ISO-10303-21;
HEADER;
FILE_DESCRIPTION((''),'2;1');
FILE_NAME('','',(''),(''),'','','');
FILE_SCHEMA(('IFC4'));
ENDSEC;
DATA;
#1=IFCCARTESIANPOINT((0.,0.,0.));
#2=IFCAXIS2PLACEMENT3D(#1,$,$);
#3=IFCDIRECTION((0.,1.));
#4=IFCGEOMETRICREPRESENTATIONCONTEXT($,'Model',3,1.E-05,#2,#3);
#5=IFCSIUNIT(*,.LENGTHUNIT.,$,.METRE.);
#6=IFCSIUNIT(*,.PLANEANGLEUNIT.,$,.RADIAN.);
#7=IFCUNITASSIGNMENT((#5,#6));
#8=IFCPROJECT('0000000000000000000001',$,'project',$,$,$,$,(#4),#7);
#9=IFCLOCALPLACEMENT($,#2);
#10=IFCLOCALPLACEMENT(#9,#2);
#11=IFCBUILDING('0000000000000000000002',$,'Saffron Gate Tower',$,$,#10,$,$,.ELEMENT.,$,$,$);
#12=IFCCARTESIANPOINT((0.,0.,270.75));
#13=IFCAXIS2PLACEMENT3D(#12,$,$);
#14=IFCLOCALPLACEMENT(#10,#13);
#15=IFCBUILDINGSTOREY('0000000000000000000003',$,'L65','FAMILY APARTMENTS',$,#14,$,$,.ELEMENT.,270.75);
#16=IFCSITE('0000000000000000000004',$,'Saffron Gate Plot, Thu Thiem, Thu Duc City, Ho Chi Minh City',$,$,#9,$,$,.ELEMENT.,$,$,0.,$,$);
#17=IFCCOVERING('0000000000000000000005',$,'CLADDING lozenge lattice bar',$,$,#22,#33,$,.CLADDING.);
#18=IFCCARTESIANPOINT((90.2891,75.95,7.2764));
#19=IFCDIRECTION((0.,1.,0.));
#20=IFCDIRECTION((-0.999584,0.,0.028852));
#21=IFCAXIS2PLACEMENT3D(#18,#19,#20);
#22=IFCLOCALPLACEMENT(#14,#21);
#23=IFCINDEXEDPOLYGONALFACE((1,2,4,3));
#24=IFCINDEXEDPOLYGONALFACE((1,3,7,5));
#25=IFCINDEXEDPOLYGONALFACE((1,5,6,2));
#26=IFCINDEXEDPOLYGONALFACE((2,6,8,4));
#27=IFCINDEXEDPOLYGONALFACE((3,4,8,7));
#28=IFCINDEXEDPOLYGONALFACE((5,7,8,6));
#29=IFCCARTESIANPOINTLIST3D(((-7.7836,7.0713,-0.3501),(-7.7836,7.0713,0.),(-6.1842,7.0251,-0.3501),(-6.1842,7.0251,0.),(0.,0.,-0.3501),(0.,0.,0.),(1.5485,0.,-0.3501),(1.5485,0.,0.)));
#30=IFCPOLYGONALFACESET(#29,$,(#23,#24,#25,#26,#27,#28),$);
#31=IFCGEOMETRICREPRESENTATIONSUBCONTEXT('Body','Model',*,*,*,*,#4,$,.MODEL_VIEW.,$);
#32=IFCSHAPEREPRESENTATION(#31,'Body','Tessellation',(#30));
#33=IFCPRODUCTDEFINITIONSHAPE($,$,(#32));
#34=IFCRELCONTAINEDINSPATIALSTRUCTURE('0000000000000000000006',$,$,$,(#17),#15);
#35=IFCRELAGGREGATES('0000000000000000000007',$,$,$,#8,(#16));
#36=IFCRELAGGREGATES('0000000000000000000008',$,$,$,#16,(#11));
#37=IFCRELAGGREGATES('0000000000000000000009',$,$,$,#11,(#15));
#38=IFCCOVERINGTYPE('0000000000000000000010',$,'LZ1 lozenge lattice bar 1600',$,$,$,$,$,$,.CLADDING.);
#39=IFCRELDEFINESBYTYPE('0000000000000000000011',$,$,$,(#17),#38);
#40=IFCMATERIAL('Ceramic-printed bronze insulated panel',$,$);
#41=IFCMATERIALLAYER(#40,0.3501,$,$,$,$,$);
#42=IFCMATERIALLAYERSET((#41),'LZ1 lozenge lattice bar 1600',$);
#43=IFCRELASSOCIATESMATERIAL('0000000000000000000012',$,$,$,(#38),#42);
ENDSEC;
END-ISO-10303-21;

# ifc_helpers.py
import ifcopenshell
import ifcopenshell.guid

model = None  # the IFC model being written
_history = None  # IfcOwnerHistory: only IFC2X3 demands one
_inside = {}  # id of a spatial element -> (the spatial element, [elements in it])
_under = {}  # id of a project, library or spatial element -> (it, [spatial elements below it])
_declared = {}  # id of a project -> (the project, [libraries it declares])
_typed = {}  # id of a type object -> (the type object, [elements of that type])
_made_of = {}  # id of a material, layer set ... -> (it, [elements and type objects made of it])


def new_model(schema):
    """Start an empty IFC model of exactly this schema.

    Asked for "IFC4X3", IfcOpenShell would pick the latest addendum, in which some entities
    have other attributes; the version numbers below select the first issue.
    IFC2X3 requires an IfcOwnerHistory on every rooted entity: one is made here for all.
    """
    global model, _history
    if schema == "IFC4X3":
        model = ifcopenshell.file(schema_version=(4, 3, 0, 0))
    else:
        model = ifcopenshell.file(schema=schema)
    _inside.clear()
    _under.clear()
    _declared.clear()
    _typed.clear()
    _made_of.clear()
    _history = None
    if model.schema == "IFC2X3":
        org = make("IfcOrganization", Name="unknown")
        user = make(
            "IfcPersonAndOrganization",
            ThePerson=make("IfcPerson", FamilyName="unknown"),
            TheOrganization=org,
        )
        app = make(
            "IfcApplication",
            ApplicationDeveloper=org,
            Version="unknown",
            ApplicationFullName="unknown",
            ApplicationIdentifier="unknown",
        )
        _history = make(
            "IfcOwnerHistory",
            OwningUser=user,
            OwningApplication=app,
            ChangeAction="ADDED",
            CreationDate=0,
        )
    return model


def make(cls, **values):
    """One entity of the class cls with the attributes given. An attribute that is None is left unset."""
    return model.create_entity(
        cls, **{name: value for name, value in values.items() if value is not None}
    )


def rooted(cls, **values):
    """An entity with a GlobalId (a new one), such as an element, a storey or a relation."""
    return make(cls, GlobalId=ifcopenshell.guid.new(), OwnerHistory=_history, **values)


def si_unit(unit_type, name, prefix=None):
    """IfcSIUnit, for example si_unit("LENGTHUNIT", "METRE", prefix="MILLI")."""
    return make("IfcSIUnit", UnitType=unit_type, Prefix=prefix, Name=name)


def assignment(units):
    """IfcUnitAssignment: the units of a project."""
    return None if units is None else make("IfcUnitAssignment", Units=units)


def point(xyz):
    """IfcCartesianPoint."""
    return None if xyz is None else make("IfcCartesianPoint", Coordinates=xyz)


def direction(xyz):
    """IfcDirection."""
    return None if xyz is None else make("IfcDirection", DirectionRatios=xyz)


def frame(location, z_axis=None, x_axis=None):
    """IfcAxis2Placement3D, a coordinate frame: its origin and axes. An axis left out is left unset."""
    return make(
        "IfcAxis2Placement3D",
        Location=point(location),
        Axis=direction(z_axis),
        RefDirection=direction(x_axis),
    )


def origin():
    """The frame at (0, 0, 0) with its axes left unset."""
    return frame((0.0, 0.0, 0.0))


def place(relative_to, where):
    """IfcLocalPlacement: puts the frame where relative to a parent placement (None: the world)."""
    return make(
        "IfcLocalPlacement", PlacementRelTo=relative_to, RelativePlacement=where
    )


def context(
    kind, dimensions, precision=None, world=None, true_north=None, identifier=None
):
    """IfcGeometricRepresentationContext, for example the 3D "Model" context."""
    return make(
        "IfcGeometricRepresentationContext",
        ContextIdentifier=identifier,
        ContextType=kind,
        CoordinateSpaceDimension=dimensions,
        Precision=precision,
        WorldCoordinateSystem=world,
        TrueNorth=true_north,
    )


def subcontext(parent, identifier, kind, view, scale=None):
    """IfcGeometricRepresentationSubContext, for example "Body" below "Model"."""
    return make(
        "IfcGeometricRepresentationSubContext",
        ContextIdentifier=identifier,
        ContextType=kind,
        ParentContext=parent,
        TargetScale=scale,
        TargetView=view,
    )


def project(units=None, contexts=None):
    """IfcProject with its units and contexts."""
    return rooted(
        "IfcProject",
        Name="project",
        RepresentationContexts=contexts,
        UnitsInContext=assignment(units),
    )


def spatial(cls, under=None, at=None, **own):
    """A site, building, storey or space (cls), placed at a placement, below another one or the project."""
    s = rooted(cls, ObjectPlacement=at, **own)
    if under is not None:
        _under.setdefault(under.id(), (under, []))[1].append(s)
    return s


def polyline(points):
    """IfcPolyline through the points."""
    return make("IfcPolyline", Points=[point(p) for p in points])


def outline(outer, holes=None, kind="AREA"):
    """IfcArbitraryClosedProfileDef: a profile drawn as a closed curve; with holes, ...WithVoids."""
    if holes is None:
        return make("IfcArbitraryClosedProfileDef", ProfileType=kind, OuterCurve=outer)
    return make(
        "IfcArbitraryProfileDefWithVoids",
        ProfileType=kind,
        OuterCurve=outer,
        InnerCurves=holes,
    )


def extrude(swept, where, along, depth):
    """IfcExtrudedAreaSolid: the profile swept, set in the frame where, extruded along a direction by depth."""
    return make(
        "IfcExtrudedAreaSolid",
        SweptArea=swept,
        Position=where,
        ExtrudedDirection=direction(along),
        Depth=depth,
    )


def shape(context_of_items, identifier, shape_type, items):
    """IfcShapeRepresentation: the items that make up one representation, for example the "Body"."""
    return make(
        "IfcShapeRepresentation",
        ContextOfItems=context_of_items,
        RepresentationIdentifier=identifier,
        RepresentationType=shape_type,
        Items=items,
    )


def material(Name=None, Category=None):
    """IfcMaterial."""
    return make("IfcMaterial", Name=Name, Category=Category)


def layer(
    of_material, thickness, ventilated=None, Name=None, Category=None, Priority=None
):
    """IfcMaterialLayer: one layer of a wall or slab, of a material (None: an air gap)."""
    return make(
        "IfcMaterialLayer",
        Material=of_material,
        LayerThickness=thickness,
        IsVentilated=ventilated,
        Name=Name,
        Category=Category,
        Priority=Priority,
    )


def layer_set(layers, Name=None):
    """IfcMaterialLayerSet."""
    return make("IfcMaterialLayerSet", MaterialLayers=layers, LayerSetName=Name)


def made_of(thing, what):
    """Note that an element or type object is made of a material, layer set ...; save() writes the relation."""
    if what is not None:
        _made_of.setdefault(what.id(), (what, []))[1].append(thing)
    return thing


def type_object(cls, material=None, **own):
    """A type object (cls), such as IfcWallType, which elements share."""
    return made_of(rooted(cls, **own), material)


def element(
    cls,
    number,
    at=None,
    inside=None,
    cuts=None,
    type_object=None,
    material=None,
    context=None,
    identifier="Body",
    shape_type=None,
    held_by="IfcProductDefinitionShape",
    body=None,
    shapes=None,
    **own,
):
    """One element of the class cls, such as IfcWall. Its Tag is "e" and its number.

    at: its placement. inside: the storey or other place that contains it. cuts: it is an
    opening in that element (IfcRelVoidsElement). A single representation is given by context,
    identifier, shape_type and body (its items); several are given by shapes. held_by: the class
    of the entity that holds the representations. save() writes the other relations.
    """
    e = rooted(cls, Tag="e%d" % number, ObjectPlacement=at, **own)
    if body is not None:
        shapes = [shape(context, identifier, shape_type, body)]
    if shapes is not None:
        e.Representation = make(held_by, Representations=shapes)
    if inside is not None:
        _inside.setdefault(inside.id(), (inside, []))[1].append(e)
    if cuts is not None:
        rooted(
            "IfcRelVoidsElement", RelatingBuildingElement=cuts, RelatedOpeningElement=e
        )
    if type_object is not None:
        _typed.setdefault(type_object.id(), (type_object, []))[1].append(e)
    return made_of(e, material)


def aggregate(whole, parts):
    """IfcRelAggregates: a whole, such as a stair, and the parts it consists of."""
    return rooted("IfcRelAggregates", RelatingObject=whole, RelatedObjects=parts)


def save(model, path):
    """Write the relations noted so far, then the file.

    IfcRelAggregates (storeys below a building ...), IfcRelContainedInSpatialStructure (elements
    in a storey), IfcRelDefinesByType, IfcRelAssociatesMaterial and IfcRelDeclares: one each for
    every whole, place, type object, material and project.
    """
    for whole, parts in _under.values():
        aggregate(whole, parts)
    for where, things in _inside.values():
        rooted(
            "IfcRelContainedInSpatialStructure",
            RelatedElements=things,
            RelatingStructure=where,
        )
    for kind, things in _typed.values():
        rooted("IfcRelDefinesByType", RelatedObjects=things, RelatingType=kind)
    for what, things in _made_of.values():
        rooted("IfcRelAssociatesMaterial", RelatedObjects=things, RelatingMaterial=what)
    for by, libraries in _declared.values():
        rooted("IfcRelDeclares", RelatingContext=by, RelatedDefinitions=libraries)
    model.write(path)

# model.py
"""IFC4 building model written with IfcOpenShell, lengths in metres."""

from ifc_helpers import new_model, si_unit, direction, frame, origin, place, context, subcontext, project, spatial, polyline, outline, extrude, material, layer, layer_set, type_object, element, save


model = new_model("IFC4")

# Units and contexts
model_context = context("Model", 3, precision=1e-05, world=origin(), true_north=direction((0.0, 1.0)))
body_context = subcontext(model_context, "Body", "Model", "MODEL_VIEW")
ifc_project = project(units=[si_unit("LENGTHUNIT", "METRE"), si_unit("PLANEANGLEUNIT", "RADIAN")], contexts=[model_context])

# Site, building, storey
site_placement = place(None, origin())
site = spatial("IfcSite", under=ifc_project, at=site_placement, Name="Saffron Gate Plot, Thu Thiem, Thu Duc City, Ho Chi Minh City", CompositionType="ELEMENT", RefElevation=0.0)
building_placement = place(site_placement, origin())
building = spatial("IfcBuilding", under=site, at=building_placement, Name="Saffron Gate Tower", CompositionType="ELEMENT")
storey_placement = place(building_placement, frame((0.0, 0.0, 270.75)))
storey = spatial("IfcBuildingStorey", under=building, at=storey_placement, Name="L65", Description="FAMILY APARTMENTS", CompositionType="ELEMENT", Elevation=270.75)

# Covering
ifc_material_1 = material(Name="Ceramic-printed bronze insulated panel")
ifc_layer_1 = layer(ifc_material_1, 0.3501)
ifc_layer_set_1 = layer_set([ifc_layer_1], Name="LZ1 lozenge lattice bar 1600")
covering_type_1 = type_object("IfcCoveringType", Name="LZ1 lozenge lattice bar 1600", PredefinedType="CLADDING", material=ifc_layer_set_1)
covering_1_placement = place(storey_placement, frame((90.2891, 75.95, 7.2764), z_axis=(0.0, 1.0, 0.0), x_axis=(-0.999584, 0.0, 0.028852)))
element("IfcCovering", 1, at=covering_1_placement, inside=storey, type_object=covering_type_1, Name="CLADDING lozenge lattice bar", PredefinedType="CLADDING", context=body_context, shape_type="SweptSolid", body=[
    extrude(outline(polyline([(0.0, 0.0), (1.5485, 0.0), (-6.1842, 7.0251), (-7.7836, 7.0713), (0.0, 0.0)])), origin(), (0.0, 0.0, -1.0), 0.3501),
])

save(model, "model.ifc")
